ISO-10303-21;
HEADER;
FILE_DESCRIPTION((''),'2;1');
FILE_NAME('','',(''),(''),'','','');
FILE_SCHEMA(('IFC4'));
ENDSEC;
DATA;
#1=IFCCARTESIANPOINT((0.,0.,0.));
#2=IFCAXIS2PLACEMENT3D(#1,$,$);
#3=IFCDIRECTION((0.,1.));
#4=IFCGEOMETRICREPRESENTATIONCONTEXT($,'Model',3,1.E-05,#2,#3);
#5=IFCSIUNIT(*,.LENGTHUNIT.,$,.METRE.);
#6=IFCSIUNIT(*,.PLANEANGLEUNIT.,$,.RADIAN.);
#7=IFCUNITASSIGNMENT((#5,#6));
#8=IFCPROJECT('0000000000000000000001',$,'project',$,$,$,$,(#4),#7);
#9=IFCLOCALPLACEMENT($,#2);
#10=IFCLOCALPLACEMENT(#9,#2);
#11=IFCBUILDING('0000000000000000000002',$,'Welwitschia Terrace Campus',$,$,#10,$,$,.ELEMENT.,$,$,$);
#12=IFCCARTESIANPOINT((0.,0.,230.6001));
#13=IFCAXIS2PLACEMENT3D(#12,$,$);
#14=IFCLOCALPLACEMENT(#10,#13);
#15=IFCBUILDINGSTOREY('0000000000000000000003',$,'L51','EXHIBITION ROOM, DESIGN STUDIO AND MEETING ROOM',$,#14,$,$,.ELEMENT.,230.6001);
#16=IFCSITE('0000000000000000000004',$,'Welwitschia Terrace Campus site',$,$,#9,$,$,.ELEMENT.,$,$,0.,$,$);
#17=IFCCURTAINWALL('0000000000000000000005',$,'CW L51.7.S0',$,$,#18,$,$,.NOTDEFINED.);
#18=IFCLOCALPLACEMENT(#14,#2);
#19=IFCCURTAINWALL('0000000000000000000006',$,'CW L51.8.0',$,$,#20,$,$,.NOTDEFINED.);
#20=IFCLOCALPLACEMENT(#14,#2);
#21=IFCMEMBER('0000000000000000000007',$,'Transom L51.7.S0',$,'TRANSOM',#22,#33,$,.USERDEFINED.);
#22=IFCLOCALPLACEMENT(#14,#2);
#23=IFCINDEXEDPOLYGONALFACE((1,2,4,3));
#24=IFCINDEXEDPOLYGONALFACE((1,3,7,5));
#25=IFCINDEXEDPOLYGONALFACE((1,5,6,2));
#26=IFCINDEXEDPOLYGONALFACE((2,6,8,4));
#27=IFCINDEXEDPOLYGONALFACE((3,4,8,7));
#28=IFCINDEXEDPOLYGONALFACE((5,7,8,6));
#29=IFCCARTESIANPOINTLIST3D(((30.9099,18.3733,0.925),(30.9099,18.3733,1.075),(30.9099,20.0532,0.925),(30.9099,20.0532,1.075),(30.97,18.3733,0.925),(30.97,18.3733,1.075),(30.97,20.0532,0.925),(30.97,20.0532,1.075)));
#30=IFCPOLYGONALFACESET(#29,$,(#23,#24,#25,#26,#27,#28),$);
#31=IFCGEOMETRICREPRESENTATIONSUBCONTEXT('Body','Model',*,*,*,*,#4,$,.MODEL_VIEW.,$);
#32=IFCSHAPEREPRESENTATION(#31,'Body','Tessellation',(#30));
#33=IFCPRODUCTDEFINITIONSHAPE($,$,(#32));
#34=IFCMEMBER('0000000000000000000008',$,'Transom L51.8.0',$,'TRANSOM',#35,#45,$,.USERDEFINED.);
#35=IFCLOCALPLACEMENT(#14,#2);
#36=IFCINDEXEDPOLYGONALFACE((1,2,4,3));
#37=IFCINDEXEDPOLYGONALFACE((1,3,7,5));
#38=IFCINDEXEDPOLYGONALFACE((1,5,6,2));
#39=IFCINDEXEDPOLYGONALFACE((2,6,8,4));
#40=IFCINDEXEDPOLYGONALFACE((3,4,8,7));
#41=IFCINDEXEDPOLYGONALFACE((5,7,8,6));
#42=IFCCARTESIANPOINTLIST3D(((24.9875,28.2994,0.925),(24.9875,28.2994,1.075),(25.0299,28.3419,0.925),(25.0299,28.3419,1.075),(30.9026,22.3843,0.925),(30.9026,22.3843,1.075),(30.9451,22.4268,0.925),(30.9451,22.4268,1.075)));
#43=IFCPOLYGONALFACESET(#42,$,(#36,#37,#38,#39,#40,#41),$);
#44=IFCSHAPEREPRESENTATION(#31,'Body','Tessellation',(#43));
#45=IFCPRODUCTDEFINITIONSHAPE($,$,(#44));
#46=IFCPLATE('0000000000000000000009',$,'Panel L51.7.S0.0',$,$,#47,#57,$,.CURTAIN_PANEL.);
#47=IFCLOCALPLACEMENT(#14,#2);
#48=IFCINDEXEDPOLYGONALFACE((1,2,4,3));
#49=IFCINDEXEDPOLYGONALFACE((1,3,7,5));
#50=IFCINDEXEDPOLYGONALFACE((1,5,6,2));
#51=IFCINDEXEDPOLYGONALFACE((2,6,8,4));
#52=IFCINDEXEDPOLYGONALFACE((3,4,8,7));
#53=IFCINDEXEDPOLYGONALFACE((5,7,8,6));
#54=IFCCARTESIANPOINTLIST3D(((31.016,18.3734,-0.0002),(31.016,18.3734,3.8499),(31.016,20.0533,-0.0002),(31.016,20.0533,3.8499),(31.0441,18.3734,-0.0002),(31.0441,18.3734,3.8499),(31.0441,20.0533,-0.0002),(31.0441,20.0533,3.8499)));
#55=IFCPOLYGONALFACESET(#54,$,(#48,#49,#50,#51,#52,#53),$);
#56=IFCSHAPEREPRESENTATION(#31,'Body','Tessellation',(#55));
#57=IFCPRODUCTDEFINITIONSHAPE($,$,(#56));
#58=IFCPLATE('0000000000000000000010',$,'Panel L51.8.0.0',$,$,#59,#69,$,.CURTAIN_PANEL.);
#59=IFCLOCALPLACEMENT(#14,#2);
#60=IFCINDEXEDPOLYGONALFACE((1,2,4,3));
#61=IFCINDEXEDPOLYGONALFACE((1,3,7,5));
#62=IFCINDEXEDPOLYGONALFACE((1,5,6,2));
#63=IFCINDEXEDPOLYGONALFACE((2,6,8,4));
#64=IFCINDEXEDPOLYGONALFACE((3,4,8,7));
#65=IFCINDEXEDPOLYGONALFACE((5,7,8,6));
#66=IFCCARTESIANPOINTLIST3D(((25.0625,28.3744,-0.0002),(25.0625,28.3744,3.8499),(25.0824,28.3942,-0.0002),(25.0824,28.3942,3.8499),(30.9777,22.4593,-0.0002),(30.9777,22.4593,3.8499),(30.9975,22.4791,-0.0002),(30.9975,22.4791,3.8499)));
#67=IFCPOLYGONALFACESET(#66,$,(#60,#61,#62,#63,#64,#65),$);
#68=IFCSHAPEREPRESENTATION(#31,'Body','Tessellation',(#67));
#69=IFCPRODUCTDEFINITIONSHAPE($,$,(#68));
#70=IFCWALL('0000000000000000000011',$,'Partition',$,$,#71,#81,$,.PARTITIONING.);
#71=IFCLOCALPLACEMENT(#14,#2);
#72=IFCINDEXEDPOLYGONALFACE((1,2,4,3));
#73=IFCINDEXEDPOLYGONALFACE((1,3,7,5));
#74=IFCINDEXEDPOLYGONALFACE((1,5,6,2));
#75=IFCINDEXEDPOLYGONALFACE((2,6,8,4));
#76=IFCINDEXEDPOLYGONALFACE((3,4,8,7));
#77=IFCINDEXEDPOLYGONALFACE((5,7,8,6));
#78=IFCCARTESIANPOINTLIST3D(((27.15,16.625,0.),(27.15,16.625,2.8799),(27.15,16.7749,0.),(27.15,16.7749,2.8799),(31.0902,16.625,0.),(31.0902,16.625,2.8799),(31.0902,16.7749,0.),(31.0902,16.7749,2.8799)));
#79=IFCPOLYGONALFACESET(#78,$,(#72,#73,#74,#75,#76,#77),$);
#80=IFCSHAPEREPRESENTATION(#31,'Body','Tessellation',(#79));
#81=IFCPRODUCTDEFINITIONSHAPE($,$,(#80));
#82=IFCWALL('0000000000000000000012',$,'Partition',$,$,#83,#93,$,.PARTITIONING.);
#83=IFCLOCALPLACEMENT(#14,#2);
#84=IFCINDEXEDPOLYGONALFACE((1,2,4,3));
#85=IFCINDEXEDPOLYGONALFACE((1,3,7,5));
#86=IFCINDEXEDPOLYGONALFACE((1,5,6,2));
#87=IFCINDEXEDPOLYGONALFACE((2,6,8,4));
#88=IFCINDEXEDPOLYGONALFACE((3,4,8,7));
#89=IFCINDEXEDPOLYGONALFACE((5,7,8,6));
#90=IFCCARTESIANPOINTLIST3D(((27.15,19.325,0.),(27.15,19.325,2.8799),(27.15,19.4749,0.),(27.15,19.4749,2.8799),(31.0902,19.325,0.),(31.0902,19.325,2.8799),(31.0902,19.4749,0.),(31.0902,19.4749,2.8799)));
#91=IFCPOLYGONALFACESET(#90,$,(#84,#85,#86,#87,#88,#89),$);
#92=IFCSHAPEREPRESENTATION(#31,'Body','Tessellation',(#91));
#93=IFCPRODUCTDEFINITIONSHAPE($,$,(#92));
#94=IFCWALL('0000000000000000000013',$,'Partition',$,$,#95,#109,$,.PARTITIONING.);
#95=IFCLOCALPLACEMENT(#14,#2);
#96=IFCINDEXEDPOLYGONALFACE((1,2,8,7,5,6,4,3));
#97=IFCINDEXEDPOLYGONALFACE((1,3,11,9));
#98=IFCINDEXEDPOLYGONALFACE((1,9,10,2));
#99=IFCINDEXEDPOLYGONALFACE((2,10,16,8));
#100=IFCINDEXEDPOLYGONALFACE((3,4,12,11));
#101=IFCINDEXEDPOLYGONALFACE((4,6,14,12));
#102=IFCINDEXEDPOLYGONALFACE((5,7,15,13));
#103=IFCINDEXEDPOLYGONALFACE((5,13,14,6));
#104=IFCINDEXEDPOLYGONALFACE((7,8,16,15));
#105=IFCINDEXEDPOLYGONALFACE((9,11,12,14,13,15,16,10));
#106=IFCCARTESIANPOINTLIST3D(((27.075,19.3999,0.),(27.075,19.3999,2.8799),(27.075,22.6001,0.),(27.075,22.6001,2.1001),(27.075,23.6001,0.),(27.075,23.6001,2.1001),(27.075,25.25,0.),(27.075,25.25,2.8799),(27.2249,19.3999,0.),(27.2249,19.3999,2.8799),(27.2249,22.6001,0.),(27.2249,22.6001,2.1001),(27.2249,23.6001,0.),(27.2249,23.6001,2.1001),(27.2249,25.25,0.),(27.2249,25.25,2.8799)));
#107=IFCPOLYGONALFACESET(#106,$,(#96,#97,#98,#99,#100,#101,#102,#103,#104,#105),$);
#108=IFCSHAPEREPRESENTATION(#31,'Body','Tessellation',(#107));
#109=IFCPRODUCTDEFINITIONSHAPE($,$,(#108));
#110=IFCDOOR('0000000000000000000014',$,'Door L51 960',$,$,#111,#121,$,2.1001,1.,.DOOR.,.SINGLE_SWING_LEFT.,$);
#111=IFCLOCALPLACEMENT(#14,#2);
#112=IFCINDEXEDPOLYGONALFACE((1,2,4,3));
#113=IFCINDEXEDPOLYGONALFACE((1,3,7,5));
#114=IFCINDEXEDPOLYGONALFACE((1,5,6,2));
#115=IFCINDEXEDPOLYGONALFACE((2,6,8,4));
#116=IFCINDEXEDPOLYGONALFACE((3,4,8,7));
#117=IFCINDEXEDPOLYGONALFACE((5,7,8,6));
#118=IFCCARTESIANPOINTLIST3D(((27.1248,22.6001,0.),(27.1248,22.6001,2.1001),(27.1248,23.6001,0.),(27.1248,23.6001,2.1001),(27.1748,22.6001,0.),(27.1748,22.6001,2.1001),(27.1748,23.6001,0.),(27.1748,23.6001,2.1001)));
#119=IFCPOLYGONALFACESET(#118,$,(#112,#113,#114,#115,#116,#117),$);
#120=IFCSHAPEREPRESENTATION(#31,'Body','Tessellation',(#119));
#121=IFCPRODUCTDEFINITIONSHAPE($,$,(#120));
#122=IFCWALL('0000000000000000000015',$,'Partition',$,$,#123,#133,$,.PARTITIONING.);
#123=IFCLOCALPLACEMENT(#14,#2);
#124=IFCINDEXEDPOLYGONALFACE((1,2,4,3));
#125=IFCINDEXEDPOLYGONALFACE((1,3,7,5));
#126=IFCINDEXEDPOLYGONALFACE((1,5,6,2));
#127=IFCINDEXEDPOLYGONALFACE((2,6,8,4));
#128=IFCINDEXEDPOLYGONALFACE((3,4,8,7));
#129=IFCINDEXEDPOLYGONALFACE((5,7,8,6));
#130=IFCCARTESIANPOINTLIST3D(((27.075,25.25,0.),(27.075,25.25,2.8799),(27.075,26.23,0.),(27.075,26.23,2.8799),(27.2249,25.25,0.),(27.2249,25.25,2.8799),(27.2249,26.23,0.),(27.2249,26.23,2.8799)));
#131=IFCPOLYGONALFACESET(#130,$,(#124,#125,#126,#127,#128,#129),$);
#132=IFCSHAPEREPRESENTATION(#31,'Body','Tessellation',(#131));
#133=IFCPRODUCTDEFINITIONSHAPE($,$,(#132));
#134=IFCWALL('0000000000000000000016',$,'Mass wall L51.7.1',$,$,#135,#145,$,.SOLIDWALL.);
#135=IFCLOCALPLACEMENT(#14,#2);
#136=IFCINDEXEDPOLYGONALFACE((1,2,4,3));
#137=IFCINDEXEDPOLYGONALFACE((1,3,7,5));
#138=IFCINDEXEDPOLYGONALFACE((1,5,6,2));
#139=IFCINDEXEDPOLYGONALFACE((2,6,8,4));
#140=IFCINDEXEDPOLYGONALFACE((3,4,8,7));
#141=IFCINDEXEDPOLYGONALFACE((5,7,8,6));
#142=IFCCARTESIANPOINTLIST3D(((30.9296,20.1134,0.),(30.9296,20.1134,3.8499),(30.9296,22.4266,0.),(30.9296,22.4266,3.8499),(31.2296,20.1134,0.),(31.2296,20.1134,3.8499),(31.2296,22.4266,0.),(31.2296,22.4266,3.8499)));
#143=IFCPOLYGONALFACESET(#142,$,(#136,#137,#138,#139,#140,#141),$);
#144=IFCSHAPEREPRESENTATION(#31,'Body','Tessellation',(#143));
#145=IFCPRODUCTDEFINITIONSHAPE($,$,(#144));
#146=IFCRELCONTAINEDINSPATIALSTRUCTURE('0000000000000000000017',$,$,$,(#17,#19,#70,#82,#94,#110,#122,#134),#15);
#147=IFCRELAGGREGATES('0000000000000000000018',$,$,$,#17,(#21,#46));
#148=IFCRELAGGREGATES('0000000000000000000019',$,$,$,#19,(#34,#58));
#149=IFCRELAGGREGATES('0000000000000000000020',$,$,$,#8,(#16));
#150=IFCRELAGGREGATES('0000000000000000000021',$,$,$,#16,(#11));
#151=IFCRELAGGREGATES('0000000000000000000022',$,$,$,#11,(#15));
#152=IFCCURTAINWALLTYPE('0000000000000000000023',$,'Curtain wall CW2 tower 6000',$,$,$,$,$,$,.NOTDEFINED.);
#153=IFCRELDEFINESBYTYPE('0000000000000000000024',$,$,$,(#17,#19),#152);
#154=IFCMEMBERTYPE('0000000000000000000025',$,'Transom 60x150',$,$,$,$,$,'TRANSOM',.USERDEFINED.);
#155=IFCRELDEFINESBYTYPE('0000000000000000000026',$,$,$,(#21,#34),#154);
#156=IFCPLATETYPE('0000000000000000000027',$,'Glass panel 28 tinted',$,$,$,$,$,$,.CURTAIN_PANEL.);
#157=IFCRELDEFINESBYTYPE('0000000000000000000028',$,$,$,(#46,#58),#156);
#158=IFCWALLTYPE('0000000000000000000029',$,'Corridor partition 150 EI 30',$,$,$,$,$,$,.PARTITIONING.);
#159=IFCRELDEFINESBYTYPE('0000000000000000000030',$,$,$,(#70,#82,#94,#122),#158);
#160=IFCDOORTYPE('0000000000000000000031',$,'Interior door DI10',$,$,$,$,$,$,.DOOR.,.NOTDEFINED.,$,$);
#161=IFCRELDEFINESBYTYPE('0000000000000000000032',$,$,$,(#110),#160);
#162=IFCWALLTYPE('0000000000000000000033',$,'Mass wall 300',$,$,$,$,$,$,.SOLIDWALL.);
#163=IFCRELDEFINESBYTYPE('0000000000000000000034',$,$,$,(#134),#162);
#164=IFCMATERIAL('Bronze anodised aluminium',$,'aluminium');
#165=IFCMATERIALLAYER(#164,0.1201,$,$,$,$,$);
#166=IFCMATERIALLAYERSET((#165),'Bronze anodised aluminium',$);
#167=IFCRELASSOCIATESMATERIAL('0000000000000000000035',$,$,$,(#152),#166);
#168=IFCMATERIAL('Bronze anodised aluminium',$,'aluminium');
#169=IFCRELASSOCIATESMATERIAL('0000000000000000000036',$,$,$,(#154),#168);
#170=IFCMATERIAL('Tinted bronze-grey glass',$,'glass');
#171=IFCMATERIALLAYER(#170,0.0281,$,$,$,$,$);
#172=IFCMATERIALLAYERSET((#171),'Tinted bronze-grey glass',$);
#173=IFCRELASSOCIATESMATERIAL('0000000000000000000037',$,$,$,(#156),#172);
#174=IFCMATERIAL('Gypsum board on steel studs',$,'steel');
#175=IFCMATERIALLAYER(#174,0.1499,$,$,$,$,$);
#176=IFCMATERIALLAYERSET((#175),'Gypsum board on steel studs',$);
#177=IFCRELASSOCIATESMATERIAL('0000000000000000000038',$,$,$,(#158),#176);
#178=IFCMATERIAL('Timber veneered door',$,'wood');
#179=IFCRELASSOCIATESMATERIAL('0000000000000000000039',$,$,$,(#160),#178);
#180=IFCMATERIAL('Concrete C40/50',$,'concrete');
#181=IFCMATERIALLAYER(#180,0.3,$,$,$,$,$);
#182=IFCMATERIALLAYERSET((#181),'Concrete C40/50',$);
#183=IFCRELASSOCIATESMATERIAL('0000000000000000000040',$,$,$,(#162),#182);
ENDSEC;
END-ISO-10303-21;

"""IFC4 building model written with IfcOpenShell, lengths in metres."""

from ifc_helpers import new_model, si_unit, direction, frame, frame_2d, origin, origin_2d, place, context, subcontext, project, spatial, rectangle, extrude, material, layer, layer_set, material_profile, profile_set, type_object, element, fill, aggregate, save


model = new_model("IFC4")

# Units and contexts
model_context = context("Model", 3, precision=1e-05, world=origin(), true_north=direction((0.0, 1.0)))
body_context = subcontext(model_context, "Body", "Model", "MODEL_VIEW")
ifc_project = project(units=[si_unit("LENGTHUNIT", "METRE"), si_unit("PLANEANGLEUNIT", "RADIAN")], contexts=[model_context])

# Site, building, storey
site_placement = place(None, origin())
site = spatial("IfcSite", under=ifc_project, at=site_placement, Name="Welwitschia Terrace Campus site", CompositionType="ELEMENT", RefElevation=0.0)
building_placement = place(site_placement, origin())
building = spatial("IfcBuilding", under=site, at=building_placement, Name="Welwitschia Terrace Campus", CompositionType="ELEMENT")
storey_placement = place(building_placement, frame((0.0, 0.0, 230.6001)))
storey = spatial("IfcBuildingStorey", under=building, at=storey_placement, Name="L51", Description="EXHIBITION ROOM, DESIGN STUDIO AND MEETING ROOM", CompositionType="ELEMENT", Elevation=230.6001)

# Curtain wall
ifc_material_1 = material(Name="Bronze anodised aluminium", Category="aluminium")
ifc_layer_1 = layer(ifc_material_1, 0.1201)
ifc_layer_set_1 = layer_set([ifc_layer_1], Name="Bronze anodised aluminium")
curtain_wall_type = type_object("IfcCurtainWallType", Name="Curtain wall CW2 tower 6000", PredefinedType="NOTDEFINED", material=ifc_layer_set_1)
curtain_wall_1_placement = place(storey_placement, origin())
curtain_wall_1 = element("IfcCurtainWall", 1, at=curtain_wall_1_placement, inside=storey, type_object=curtain_wall_type, Name="CW L51.7.S0", PredefinedType="NOTDEFINED")

# Curtain wall
curtain_wall_2_placement = place(storey_placement, origin())
curtain_wall_2 = element("IfcCurtainWall", 2, at=curtain_wall_2_placement, inside=storey, type_object=curtain_wall_type, Name="CW L51.8.0", PredefinedType="NOTDEFINED")

# Members
ifc_material_2 = material(Name="Bronze anodised aluminium", Category="aluminium")
ifc_material_profile_1 = material_profile(ifc_material_2, rectangle(XDim=0.0601, YDim=0.1499, at=origin_2d()))
ifc_profile_set_1 = profile_set([ifc_material_profile_1], Name="Bronze anodised aluminium")
member_type_1 = type_object("IfcMemberType", Name="Transom 60x150", ElementType="TRANSOM", PredefinedType="USERDEFINED", material=ifc_profile_set_1)
member_1_placement = place(storey_placement, frame((30.9399, 18.3733, 1.0), z_axis=(0.0, 1.0, 0.0), x_axis=(-1.0, 0.0, 0.0)))
member_1 = element("IfcMember", 3, at=member_1_placement, type_object=member_type_1, Name="Transom L51.7.S0", ObjectType="TRANSOM", PredefinedType="USERDEFINED", context=body_context, shape_type="SweptSolid", body=[
    extrude(rectangle(XDim=0.0601, YDim=0.1499, at=origin_2d()), origin(), (0.0, 0.0, 1.0), 1.6799),
])
member_2_placement = place(storey_placement, frame((30.9238, 22.4055, 1.0), z_axis=(-0.707107, 0.707107, 0.0), x_axis=(-0.707107, -0.707107, 0.0)))
member_2 = element("IfcMember", 4, at=member_2_placement, type_object=member_type_1, Name="Transom L51.8.0", ObjectType="TRANSOM", PredefinedType="USERDEFINED", context=body_context, shape_type="SweptSolid", body=[
    extrude(rectangle(XDim=0.0601, YDim=0.1499, at=origin_2d()), origin(), (0.0, 0.0, 1.0), 8.3652),
])

# Plates
ifc_material_3 = material(Name="Tinted bronze-grey glass", Category="glass")
ifc_layer_2 = layer(ifc_material_3, 0.0281)
ifc_layer_set_2 = layer_set([ifc_layer_2], Name="Tinted bronze-grey glass")
plate_type = type_object("IfcPlateType", Name="Glass panel 28 tinted", PredefinedType="CURTAIN_PANEL", material=ifc_layer_set_2)
plate_1_placement = place(storey_placement, frame((31.03, 19.2134, -0.0002), z_axis=(0.0, 0.0, 1.0), x_axis=(0.0, 1.0, 0.0)))
plate_1 = element("IfcPlate", 5, at=plate_1_placement, type_object=plate_type, Name="Panel L51.7.S0.0", PredefinedType="CURTAIN_PANEL", context=body_context, shape_type="SweptSolid", body=[
    extrude(rectangle(XDim=1.6799, YDim=0.0281, at=origin_2d()), origin(), (0.0, 0.0, 1.0), 3.8501),
])
aggregate(curtain_wall_1, [member_1, plate_1])
plate_2_placement = place(storey_placement, frame((28.03, 25.4268, -0.0002), z_axis=(0.0, 0.0, 1.0), x_axis=(-0.707107, 0.707107, 0.0)))
plate_2 = element("IfcPlate", 6, at=plate_2_placement, type_object=plate_type, Name="Panel L51.8.0.0", PredefinedType="CURTAIN_PANEL", context=body_context, shape_type="SweptSolid", body=[
    extrude(rectangle(XDim=8.3652, YDim=0.0281, at=origin_2d()), origin(), (0.0, 0.0, 1.0), 3.8501),
])
aggregate(curtain_wall_2, [member_2, plate_2])

# Walls
ifc_material_4 = material(Name="Gypsum board on steel studs", Category="steel")
ifc_layer_3 = layer(ifc_material_4, 0.1499)
ifc_layer_set_3 = layer_set([ifc_layer_3], Name="Gypsum board on steel studs")
wall_type_1 = type_object("IfcWallType", Name="Corridor partition 150 EI 30", PredefinedType="PARTITIONING", material=ifc_layer_set_3)
for number, where, z_axis, x_axis, name in (
    (7, (27.1499, 16.7, 0.0), (0.0, 0.0, 1.0), (1.0, 0.0, 0.0), "Partition"),
    (8, (27.1499, 19.3999, 0.0), (0.0, 0.0, 1.0), (1.0, 0.0, 0.0), "Partition"),
):
    element("IfcWall", number, at=place(storey_placement, frame(where, z_axis=z_axis, x_axis=x_axis)), inside=storey, type_object=wall_type_1, Name=name, PredefinedType="PARTITIONING", context=body_context, shape_type="SweptSolid", body=[
        extrude(rectangle(XDim=3.9402, YDim=0.1499, at=frame_2d((1.9702, 0.0))), origin(), (0.0, 0.0, 1.0), 2.8799),
    ])

# Wall, opening, door
wall_1_placement = place(storey_placement, frame((27.1499, 25.25, 0.0), z_axis=(0.0, 0.0, 1.0), x_axis=(0.0, -1.0, 0.0)))
wall_1 = element("IfcWall", 9, at=wall_1_placement, inside=storey, type_object=wall_type_1, Name="Partition", PredefinedType="PARTITIONING", context=body_context, shape_type="SweptSolid", body=[
    extrude(rectangle(XDim=5.8501, YDim=0.1499, at=frame_2d((2.925, 0.0))), origin(), (0.0, 0.0, 1.0), 2.8799),
])
opening_placement = place(wall_1_placement, frame((1.6499, 0.0, 0.0)))
opening = element("IfcOpeningElement", 10, at=opening_placement, cuts=wall_1, PredefinedType="OPENING", context=body_context, shape_type="SweptSolid", body=[
    extrude(rectangle(XDim=1.0, YDim=2.1001, at=frame_2d((0.5, 1.05))), frame((0.0, 0.085, 0.0), z_axis=(0.0, -1.0, 0.0), x_axis=(1.0, 0.0, 0.0)), (0.0, 0.0, 1.0), 0.1699),
])
ifc_material_5 = material(Name="Timber veneered door", Category="wood")
door_type = type_object("IfcDoorType", Name="Interior door DI10", OperationType="NOTDEFINED", PredefinedType="DOOR", material=ifc_material_5)
door_placement = place(opening_placement, origin())
door = element("IfcDoor", 11, at=door_placement, inside=storey, type_object=door_type, Name="Door L51 960", OperationType="SINGLE_SWING_LEFT", OverallHeight=2.1001, OverallWidth=1.0, PredefinedType="DOOR", context=body_context, shape_type="SweptSolid", body=[
    extrude(rectangle(XDim=1.0, YDim=2.1001, at=frame_2d((0.5, 1.05))), frame((0.0, 0.0249, 0.0), z_axis=(0.0, -1.0, 0.0), x_axis=(1.0, 0.0, 0.0)), (0.0, 0.0, 1.0), 0.05),
])
fill(opening, door)

# Walls
wall_2_placement = place(storey_placement, frame((27.1499, 25.25, 0.0), z_axis=(0.0, 0.0, 1.0), x_axis=(0.0, 1.0, 0.0)))
element("IfcWall", 12, at=wall_2_placement, inside=storey, type_object=wall_type_1, Name="Partition", PredefinedType="PARTITIONING", context=body_context, shape_type="SweptSolid", body=[
    extrude(rectangle(XDim=0.98, YDim=0.1499, at=frame_2d((0.49, 0.0))), origin(), (0.0, 0.0, 1.0), 2.8799),
])
ifc_material_6 = material(Name="Concrete C40/50", Category="concrete")
ifc_layer_4 = layer(ifc_material_6, 0.3)
ifc_layer_set_4 = layer_set([ifc_layer_4], Name="Concrete C40/50")
wall_type_2 = type_object("IfcWallType", Name="Mass wall 300", PredefinedType="SOLIDWALL", material=ifc_layer_set_4)
wall_3_placement = place(storey_placement, frame((31.0796, 20.1133, 0.0), z_axis=(0.0, 0.0, 1.0), x_axis=(0.0, 1.0, 0.0)))
element("IfcWall", 13, at=wall_3_placement, inside=storey, type_object=wall_type_2, Name="Mass wall L51.7.1", PredefinedType="SOLIDWALL", context=body_context, shape_type="SweptSolid", body=[
    extrude(rectangle(XDim=2.3132, YDim=0.3, at=frame_2d((1.1567, 0.0))), origin(), (0.0, 0.0, 1.0), 3.8499),
])

save(model, "model.ifc")
